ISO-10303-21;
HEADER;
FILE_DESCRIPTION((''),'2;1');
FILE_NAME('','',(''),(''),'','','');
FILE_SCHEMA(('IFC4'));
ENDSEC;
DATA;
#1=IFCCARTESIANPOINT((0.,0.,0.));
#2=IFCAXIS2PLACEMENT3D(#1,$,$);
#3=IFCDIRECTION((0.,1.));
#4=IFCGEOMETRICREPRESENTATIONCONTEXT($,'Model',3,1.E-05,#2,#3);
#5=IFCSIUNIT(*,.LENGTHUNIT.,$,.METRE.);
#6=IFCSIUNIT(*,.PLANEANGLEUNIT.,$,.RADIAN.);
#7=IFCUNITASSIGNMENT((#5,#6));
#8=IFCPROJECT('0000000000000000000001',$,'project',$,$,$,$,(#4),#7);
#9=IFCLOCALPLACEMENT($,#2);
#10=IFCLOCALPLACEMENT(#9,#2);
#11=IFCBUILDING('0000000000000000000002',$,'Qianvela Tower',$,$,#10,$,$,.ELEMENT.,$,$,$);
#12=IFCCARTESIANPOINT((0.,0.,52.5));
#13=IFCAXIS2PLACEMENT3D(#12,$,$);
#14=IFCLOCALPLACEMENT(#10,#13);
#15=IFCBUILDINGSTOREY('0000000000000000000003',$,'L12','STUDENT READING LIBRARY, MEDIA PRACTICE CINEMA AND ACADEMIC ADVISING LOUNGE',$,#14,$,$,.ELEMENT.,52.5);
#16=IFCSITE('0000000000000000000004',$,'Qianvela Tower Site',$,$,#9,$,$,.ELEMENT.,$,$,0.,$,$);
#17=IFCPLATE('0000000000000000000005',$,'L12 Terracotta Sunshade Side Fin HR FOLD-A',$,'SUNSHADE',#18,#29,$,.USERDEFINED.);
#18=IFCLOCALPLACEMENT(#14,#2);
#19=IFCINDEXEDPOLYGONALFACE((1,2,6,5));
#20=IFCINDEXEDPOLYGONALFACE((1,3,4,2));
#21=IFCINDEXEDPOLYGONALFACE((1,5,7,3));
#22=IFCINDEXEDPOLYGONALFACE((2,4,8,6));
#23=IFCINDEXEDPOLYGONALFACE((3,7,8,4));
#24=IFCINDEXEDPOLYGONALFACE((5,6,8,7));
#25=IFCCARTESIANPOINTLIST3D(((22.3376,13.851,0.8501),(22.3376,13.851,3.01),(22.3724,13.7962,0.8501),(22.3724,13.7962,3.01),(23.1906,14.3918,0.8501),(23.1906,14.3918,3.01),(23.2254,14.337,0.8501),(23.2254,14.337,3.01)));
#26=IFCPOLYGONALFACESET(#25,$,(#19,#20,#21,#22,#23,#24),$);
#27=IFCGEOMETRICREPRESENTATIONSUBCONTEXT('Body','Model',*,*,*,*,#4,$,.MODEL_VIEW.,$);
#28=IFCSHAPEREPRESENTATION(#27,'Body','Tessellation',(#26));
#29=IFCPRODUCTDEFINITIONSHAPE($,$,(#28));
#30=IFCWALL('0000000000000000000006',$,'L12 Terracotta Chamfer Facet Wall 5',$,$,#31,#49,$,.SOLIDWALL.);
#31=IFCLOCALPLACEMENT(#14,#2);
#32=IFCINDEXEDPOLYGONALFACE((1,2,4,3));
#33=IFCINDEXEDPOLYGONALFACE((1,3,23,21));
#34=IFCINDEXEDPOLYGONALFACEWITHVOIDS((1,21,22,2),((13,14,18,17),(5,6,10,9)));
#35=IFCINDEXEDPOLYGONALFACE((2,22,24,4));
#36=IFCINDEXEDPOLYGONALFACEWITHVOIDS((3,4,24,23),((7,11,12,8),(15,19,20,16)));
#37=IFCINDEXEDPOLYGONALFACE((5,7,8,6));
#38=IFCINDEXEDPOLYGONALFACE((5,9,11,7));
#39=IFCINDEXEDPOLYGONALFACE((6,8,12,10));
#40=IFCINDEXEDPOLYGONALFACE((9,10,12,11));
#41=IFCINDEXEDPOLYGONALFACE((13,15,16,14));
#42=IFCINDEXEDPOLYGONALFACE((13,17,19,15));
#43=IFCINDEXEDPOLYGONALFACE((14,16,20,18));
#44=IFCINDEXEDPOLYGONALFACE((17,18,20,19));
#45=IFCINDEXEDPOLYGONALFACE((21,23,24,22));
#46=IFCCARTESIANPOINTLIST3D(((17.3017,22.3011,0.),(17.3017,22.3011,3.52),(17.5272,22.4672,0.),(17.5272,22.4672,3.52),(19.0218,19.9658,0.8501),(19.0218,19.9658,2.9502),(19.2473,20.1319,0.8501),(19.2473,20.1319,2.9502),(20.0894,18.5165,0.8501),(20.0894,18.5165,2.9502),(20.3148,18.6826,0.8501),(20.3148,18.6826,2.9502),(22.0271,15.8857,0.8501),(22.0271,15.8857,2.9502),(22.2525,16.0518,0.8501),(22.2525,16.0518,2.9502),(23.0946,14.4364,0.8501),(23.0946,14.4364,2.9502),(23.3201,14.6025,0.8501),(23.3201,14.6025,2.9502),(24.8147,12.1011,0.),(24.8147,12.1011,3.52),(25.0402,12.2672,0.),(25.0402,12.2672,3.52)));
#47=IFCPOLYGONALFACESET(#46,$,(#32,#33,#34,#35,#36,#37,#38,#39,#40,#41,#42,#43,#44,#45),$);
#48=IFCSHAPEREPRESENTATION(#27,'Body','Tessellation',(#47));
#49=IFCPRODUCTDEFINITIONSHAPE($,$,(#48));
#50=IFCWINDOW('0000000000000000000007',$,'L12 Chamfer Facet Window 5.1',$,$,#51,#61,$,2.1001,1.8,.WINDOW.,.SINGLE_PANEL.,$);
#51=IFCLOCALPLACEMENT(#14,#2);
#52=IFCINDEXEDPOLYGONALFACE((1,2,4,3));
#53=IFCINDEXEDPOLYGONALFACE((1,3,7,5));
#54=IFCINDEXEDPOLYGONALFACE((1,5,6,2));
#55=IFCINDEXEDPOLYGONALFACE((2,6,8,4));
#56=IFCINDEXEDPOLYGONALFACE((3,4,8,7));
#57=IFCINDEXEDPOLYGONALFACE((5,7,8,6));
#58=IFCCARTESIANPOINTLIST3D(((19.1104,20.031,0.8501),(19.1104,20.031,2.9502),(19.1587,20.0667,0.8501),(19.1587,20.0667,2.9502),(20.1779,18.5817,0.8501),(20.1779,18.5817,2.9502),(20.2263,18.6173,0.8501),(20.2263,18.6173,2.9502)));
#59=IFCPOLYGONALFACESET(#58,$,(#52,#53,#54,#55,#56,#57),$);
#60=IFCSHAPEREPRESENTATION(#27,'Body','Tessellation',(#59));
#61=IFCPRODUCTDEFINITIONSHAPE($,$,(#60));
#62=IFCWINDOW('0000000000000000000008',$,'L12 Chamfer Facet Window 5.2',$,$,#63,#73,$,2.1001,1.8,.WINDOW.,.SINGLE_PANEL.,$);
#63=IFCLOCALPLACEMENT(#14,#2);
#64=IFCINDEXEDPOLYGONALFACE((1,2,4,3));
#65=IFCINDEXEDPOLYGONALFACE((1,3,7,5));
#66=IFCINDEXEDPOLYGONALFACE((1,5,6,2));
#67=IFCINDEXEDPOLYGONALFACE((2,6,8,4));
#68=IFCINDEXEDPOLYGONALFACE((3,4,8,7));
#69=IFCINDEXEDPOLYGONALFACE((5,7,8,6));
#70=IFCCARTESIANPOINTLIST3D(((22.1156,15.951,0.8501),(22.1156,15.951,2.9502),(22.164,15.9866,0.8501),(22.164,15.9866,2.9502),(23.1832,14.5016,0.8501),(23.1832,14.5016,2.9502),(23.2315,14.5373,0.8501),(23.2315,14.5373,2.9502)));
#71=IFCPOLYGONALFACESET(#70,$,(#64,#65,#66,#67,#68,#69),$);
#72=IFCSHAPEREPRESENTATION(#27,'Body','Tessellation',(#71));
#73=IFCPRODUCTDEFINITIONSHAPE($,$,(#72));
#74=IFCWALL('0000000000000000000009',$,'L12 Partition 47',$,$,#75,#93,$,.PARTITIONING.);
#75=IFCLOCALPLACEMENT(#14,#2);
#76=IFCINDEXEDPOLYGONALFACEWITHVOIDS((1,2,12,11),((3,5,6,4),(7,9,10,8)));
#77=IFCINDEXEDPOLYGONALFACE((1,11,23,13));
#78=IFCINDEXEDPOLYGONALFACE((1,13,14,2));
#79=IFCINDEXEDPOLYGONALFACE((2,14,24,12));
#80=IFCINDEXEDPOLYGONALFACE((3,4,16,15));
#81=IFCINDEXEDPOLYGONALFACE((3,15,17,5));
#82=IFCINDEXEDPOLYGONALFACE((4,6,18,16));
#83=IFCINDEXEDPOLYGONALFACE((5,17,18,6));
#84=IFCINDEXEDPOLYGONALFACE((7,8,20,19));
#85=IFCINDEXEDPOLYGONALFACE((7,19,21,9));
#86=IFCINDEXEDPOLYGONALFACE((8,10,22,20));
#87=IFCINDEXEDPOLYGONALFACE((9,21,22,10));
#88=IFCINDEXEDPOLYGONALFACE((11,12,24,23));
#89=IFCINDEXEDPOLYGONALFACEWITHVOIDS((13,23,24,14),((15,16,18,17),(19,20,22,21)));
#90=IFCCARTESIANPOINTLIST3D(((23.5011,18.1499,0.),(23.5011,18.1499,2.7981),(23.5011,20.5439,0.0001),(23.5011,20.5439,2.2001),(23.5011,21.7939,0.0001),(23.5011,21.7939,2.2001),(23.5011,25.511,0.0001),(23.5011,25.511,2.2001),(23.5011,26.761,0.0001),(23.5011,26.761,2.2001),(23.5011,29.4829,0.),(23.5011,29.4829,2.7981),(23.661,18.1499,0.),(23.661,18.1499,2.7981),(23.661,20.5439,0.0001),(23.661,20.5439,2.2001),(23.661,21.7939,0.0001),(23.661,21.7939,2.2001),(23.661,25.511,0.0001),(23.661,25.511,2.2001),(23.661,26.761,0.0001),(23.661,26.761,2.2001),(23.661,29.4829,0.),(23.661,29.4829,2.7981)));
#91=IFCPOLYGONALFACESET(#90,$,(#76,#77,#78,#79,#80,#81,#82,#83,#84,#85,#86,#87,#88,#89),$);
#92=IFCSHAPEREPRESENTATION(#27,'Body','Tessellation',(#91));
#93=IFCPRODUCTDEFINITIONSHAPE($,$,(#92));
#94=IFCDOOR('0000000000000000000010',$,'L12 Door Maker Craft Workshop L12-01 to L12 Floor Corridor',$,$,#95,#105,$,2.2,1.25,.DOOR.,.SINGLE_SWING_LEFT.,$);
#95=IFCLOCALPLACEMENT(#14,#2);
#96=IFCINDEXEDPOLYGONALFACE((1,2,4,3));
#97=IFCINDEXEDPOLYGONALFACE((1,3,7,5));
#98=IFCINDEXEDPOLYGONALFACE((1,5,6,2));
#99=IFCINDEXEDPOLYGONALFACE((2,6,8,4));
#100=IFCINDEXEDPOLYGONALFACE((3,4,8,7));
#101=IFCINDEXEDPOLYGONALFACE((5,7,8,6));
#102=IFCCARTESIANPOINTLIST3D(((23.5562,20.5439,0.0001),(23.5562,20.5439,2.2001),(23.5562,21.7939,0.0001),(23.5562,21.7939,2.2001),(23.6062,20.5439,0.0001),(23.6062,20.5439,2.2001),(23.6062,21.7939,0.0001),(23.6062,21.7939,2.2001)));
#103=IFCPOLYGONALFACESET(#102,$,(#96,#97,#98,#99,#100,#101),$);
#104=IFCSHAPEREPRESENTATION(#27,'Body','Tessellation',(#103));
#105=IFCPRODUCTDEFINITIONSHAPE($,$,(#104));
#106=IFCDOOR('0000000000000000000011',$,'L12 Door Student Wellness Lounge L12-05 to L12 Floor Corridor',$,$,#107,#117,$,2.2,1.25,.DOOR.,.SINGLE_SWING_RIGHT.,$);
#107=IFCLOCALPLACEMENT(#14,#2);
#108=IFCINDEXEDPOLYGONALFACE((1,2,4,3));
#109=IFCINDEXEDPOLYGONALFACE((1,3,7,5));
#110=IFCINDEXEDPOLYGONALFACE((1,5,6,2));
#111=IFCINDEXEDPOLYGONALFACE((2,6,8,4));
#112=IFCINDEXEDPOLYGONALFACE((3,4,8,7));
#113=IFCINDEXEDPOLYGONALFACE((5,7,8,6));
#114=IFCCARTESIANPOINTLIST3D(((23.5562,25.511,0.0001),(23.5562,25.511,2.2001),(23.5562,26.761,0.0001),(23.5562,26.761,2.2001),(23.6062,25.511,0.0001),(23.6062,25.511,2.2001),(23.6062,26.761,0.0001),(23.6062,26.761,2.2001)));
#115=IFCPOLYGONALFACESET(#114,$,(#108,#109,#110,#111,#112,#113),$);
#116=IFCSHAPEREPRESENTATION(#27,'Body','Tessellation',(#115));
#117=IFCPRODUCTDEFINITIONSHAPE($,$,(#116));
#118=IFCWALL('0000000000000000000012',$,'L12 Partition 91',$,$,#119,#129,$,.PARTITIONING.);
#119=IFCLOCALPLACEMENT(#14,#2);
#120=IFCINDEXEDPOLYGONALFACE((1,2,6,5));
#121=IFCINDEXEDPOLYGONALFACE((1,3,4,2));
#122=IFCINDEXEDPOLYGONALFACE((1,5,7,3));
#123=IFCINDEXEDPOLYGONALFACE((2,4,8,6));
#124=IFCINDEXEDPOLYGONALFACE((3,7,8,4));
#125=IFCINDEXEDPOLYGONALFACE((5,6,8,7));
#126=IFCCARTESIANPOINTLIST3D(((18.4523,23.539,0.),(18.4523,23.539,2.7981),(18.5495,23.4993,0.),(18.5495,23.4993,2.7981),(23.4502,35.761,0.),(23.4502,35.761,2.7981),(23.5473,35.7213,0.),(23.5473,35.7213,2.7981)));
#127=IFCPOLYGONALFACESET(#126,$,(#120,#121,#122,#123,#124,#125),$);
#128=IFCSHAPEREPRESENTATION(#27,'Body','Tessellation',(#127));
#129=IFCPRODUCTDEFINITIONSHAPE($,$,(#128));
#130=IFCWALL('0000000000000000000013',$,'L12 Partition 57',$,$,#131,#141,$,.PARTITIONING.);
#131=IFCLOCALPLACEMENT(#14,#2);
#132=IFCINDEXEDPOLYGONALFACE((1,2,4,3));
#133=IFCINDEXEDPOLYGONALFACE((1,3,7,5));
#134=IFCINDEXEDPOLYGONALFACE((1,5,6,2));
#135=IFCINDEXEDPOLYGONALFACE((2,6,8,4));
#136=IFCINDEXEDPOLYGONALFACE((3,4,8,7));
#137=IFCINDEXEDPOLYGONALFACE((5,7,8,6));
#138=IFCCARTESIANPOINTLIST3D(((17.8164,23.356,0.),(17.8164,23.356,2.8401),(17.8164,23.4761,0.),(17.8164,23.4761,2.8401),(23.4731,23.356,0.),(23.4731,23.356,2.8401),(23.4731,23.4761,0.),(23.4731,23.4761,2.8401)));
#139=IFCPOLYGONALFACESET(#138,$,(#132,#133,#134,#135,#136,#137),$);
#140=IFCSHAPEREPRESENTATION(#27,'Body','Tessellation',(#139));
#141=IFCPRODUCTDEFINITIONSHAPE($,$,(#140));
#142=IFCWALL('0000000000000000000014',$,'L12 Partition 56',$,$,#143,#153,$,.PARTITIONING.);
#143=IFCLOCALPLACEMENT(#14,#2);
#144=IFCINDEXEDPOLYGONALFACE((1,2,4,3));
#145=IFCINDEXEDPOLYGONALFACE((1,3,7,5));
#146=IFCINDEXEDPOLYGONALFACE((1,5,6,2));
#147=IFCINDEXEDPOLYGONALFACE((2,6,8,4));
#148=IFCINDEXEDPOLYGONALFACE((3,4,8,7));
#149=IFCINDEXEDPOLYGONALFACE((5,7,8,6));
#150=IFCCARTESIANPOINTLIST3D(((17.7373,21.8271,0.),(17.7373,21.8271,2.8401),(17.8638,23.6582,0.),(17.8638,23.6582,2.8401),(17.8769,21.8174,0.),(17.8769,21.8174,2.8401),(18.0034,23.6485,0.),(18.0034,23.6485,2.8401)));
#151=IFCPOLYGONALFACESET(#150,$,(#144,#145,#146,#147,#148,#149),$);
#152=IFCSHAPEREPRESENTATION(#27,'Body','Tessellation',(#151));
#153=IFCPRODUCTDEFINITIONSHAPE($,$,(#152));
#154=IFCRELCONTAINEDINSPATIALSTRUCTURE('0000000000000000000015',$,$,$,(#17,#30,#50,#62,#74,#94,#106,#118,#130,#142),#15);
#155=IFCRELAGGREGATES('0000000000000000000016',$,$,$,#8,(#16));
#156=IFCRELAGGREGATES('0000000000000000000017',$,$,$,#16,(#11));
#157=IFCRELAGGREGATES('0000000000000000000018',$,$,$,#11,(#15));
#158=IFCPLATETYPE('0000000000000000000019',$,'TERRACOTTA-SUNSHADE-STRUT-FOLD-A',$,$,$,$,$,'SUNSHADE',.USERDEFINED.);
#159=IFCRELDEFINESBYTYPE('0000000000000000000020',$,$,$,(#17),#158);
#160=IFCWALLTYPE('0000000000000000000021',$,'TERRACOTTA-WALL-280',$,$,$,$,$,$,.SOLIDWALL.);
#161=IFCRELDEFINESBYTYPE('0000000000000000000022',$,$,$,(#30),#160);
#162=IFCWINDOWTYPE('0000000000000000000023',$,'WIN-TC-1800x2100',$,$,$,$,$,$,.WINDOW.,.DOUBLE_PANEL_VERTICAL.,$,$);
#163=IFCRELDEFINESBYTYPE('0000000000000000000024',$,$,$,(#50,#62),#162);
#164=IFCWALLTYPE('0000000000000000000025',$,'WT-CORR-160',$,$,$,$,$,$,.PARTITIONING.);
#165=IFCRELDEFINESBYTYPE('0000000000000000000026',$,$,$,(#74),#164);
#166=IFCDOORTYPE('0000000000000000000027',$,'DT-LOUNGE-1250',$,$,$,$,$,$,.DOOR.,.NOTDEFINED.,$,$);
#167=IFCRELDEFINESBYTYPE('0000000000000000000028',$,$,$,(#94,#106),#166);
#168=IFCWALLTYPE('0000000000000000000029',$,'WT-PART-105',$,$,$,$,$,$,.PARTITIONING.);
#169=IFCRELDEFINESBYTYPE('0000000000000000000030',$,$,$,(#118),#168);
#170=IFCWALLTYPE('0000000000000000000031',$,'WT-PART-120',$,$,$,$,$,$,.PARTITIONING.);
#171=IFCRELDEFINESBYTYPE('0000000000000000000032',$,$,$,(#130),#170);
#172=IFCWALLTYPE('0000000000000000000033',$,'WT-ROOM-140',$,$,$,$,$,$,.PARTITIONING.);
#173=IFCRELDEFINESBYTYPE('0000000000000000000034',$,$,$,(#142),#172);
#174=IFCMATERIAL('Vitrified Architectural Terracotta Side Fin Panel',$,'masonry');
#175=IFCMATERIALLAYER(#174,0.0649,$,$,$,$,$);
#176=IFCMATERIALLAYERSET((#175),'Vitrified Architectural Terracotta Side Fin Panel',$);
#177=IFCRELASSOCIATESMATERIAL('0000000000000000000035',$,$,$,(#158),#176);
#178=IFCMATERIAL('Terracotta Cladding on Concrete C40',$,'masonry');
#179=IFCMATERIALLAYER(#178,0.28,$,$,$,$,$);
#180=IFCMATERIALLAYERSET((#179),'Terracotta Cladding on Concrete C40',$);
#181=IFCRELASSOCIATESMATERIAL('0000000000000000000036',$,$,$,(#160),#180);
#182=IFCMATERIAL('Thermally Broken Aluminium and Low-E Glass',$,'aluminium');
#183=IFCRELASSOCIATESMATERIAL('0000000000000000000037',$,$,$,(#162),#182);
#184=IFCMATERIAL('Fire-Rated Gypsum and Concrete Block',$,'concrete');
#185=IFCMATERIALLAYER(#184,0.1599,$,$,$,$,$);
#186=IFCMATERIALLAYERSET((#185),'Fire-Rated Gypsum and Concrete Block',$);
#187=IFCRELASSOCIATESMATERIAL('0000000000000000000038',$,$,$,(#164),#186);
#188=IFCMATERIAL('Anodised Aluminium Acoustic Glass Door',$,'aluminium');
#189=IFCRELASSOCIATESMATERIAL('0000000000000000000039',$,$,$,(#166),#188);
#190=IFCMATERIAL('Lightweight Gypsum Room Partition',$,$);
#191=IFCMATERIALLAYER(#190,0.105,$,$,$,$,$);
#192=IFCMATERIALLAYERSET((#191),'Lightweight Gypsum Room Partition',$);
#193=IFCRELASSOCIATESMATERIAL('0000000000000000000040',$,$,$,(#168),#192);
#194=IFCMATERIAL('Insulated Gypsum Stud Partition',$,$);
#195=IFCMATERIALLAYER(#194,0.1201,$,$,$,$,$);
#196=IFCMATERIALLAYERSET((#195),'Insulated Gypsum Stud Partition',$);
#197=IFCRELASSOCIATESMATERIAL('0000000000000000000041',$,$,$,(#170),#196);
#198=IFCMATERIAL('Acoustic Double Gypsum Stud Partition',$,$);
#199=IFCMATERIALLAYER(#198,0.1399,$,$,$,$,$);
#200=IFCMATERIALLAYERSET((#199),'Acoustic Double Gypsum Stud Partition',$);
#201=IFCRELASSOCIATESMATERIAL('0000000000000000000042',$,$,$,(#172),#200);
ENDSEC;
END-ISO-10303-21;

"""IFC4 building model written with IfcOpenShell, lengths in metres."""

from ifc_helpers import new_model, si_unit, direction, frame, frame_2d, origin, origin_2d, place, context, subcontext, project, spatial, rectangle, extrude, material, layer, layer_set, type_object, element, fill, save


model = new_model("IFC4")

# Units and contexts
model_context = context("Model", 3, precision=1e-05, world=origin(), true_north=direction((0.0, 1.0)))
body_context = subcontext(model_context, "Body", "Model", "MODEL_VIEW")
ifc_project = project(units=[si_unit("LENGTHUNIT", "METRE"), si_unit("PLANEANGLEUNIT", "RADIAN")], contexts=[model_context])

# Site, building, storey
site_placement = place(None, origin())
site = spatial("IfcSite", under=ifc_project, at=site_placement, Name="Qianvela Tower Site", CompositionType="ELEMENT", RefElevation=0.0)
building_placement = place(site_placement, origin())
building = spatial("IfcBuilding", under=site, at=building_placement, Name="Qianvela Tower", CompositionType="ELEMENT")
storey_placement = place(building_placement, frame((0.0, 0.0, 52.5)))
storey = spatial("IfcBuildingStorey", under=building, at=storey_placement, Name="L12", Description="STUDENT READING LIBRARY, MEDIA PRACTICE CINEMA AND ACADEMIC ADVISING LOUNGE", CompositionType="ELEMENT", Elevation=52.5)

# Plate
ifc_material_1 = material(Name="Vitrified Architectural Terracotta Side Fin Panel", Category="masonry")
ifc_layer_1 = layer(ifc_material_1, 0.0649)
ifc_layer_set_1 = layer_set([ifc_layer_1], Name="Vitrified Architectural Terracotta Side Fin Panel")
plate_type_1 = type_object("IfcPlateType", Name="TERRACOTTA-SUNSHADE-STRUT-FOLD-A", ElementType="SUNSHADE", PredefinedType="USERDEFINED", material=ifc_layer_set_1)
for number, where, z_axis, x_axis, name in (
    (1, (22.7815, 14.094, 0.8501), (0.0, 0.0, 1.0), (0.535441, -0.844573, 0.0), "L12 Terracotta Sunshade Side Fin HR FOLD-A"),
):
    element("IfcPlate", number, at=place(storey_placement, frame(where, z_axis=z_axis, x_axis=x_axis)), inside=storey, type_object=plate_type_1, Name=name, ObjectType="SUNSHADE", PredefinedType="USERDEFINED", context=body_context, shape_type="SweptSolid", body=[
        extrude(rectangle(XDim=0.0649, YDim=1.01, at=origin_2d()), origin(), (0.0, 0.0, 1.0), 2.1599),
    ])

# Wall, openings, windows
ifc_material_2 = material(Name="Terracotta Cladding on Concrete C40", Category="masonry")
ifc_layer_2 = layer(ifc_material_2, 0.28)
ifc_layer_set_2 = layer_set([ifc_layer_2], Name="Terracotta Cladding on Concrete C40")
wall_type_1 = type_object("IfcWallType", Name="TERRACOTTA-WALL-280", PredefinedType="SOLIDWALL", material=ifc_layer_set_2)
wall_1_placement = place(storey_placement, frame((17.4146, 22.384, 0.0), z_axis=(0.0, 0.0, 1.0), x_axis=(0.593055, -0.805162, 0.0)))
wall_1 = element("IfcWall", 2, at=wall_1_placement, inside=storey, type_object=wall_type_1, Name="L12 Terracotta Chamfer Facet Wall 5", PredefinedType="SOLIDWALL", context=body_context, shape_type="SweptSolid", body=[
    extrude(rectangle(XDim=12.6682, YDim=0.28, at=frame_2d((6.334, 0.0))), origin(), (0.0, 0.0, 1.0), 3.52),
])
opening_1_placement = place(wall_1_placement, frame((2.9004, 0.0, 0.8501)))
opening_1 = element("IfcOpeningElement", 3, at=opening_1_placement, cuts=wall_1, PredefinedType="OPENING", context=body_context, shape_type="SweptSolid", body=[
    extrude(rectangle(XDim=1.8, YDim=2.1001, at=frame_2d((0.8999, 1.05))), frame((0.0, 0.1499, 0.0), z_axis=(0.0, -1.0, 0.0), x_axis=(1.0, 0.0, 0.0)), (0.0, 0.0, 1.0), 0.3),
])
opening_2_placement = place(wall_1_placement, frame((7.9678, 0.0, 0.8501)))
opening_2 = element("IfcOpeningElement", 4, at=opening_2_placement, cuts=wall_1, PredefinedType="OPENING", context=body_context, shape_type="SweptSolid", body=[
    extrude(rectangle(XDim=1.8, YDim=2.1001, at=frame_2d((0.8999, 1.05))), frame((0.0, 0.1499, 0.0), z_axis=(0.0, -1.0, 0.0), x_axis=(1.0, 0.0, 0.0)), (0.0, 0.0, 1.0), 0.3),
])
ifc_material_3 = material(Name="Thermally Broken Aluminium and Low-E Glass", Category="aluminium")
window_type = type_object("IfcWindowType", Name="WIN-TC-1800x2100", PartitioningType="DOUBLE_PANEL_VERTICAL", PredefinedType="WINDOW", material=ifc_material_3)
window_1_placement = place(opening_1_placement, origin())
window_1 = element("IfcWindow", 5, at=window_1_placement, inside=storey, type_object=window_type, Name="L12 Chamfer Facet Window 5.1", OverallHeight=2.1001, OverallWidth=1.8, PartitioningType="SINGLE_PANEL", PredefinedType="WINDOW", context=body_context, shape_type="SweptSolid", body=[
    extrude(rectangle(XDim=1.8, YDim=2.1001, at=frame_2d((0.8999, 1.05))), frame((0.0, 0.03, 0.0), z_axis=(0.0, -1.0, 0.0), x_axis=(1.0, 0.0, 0.0)), (0.0, 0.0, 1.0), 0.0601),
])
fill(opening_1, window_1)
window_2_placement = place(opening_2_placement, origin())
window_2 = element("IfcWindow", 6, at=window_2_placement, inside=storey, type_object=window_type, Name="L12 Chamfer Facet Window 5.2", OverallHeight=2.1001, OverallWidth=1.8, PartitioningType="SINGLE_PANEL", PredefinedType="WINDOW", context=body_context, shape_type="SweptSolid", body=[
    extrude(rectangle(XDim=1.8, YDim=2.1001, at=frame_2d((0.8999, 1.05))), frame((0.0, 0.03, 0.0), z_axis=(0.0, -1.0, 0.0), x_axis=(1.0, 0.0, 0.0)), (0.0, 0.0, 1.0), 0.0601),
])
fill(opening_2, window_2)

# Wall, openings, doors
ifc_material_4 = material(Name="Fire-Rated Gypsum and Concrete Block", Category="concrete")
ifc_layer_3 = layer(ifc_material_4, 0.1599)
ifc_layer_set_3 = layer_set([ifc_layer_3], Name="Fire-Rated Gypsum and Concrete Block")
wall_type_2 = type_object("IfcWallType", Name="WT-CORR-160", PredefinedType="PARTITIONING", material=ifc_layer_set_3)
wall_2_placement = place(storey_placement, frame((23.5811, 18.1499, 0.0), z_axis=(0.0, 0.0, 1.0), x_axis=(0.0, 1.0, 0.0)))
wall_2 = element("IfcWall", 7, at=wall_2_placement, inside=storey, type_object=wall_type_2, Name="L12 Partition 47", PredefinedType="PARTITIONING", context=body_context, shape_type="SweptSolid", body=[
    extrude(rectangle(XDim=11.333, YDim=0.1599, at=frame_2d((5.6665, 0.0))), origin(), (0.0, 0.0, 1.0), 2.7981),
])
opening_3_placement = place(wall_2_placement, frame((2.394, 0.0, 0.0)))
opening_3 = element("IfcOpeningElement", 8, at=opening_3_placement, cuts=wall_2, PredefinedType="OPENING", context=body_context, shape_type="SweptSolid", body=[
    extrude(rectangle(XDim=1.25, YDim=2.2, at=frame_2d((0.625, 1.1001))), frame((0.0, 0.0898, 0.0), z_axis=(0.0, -1.0, 0.0), x_axis=(1.0, 0.0, 0.0)), (0.0, 0.0, 1.0), 0.1799),
])
opening_4_placement = place(wall_2_placement, frame((7.3611, 0.0, 0.0)))
opening_4 = element("IfcOpeningElement", 9, at=opening_4_placement, cuts=wall_2, PredefinedType="OPENING", context=body_context, shape_type="SweptSolid", body=[
    extrude(rectangle(XDim=1.25, YDim=2.2, at=frame_2d((0.625, 1.1001))), frame((0.0, 0.0898, 0.0), z_axis=(0.0, -1.0, 0.0), x_axis=(1.0, 0.0, 0.0)), (0.0, 0.0, 1.0), 0.1799),
])
ifc_material_5 = material(Name="Anodised Aluminium Acoustic Glass Door", Category="aluminium")
door_type = type_object("IfcDoorType", Name="DT-LOUNGE-1250", OperationType="NOTDEFINED", PredefinedType="DOOR", material=ifc_material_5)
door_1_placement = place(opening_3_placement, origin())
door_1 = element("IfcDoor", 10, at=door_1_placement, inside=storey, type_object=door_type, Name="L12 Door Maker Craft Workshop L12-01 to L12 Floor Corridor", OperationType="SINGLE_SWING_LEFT", OverallHeight=2.2, OverallWidth=1.25, PredefinedType="DOOR", context=body_context, shape_type="SweptSolid", body=[
    extrude(rectangle(XDim=1.25, YDim=2.2, at=frame_2d((0.625, 1.1001))), frame((0.0, 0.0249, 0.0), z_axis=(0.0, -1.0, 0.0), x_axis=(1.0, 0.0, 0.0)), (0.0, 0.0, 1.0), 0.05),
])
fill(opening_3, door_1)
door_2_placement = place(opening_4_placement, origin())
door_2 = element("IfcDoor", 11, at=door_2_placement, inside=storey, type_object=door_type, Name="L12 Door Student Wellness Lounge L12-05 to L12 Floor Corridor", OperationType="SINGLE_SWING_RIGHT", OverallHeight=2.2, OverallWidth=1.25, PredefinedType="DOOR", context=body_context, shape_type="SweptSolid", body=[
    extrude(rectangle(XDim=1.25, YDim=2.2, at=frame_2d((0.625, 1.1001))), frame((0.0, 0.0249, 0.0), z_axis=(0.0, -1.0, 0.0), x_axis=(1.0, 0.0, 0.0)), (0.0, 0.0, 1.0), 0.05),
])
fill(opening_4, door_2)

# Walls
ifc_material_6 = material(Name="Lightweight Gypsum Room Partition")
ifc_layer_4 = layer(ifc_material_6, 0.105)
ifc_layer_set_4 = layer_set([ifc_layer_4], Name="Lightweight Gypsum Room Partition")
wall_type_3 = type_object("IfcWallType", Name="WT-PART-105", PredefinedType="PARTITIONING", material=ifc_layer_set_4)
wall_3_placement = place(storey_placement, frame((18.501, 23.5193, 0.0), z_axis=(0.0, 0.0, 1.0), x_axis=(0.378498, 0.925602, 0.0)))
element("IfcWall", 12, at=wall_3_placement, inside=storey, type_object=wall_type_3, Name="L12 Partition 91", PredefinedType="PARTITIONING", context=body_context, shape_type="SweptSolid", body=[
    extrude(rectangle(XDim=13.2043, YDim=0.105, at=frame_2d((6.6021, 0.0))), origin(), (0.0, 0.0, 1.0), 2.7981),
])
ifc_material_7 = material(Name="Insulated Gypsum Stud Partition")
ifc_layer_5 = layer(ifc_material_7, 0.1201)
ifc_layer_set_5 = layer_set([ifc_layer_5], Name="Insulated Gypsum Stud Partition")
wall_type_4 = type_object("IfcWallType", Name="WT-PART-120", PredefinedType="PARTITIONING", material=ifc_layer_set_5)
wall_4_placement = place(storey_placement, frame((17.8164, 23.416, 0.0), z_axis=(0.0, 0.0, 1.0), x_axis=(1.0, 0.0, 0.0)))
element("IfcWall", 13, at=wall_4_placement, inside=storey, type_object=wall_type_4, Name="L12 Partition 57", PredefinedType="PARTITIONING", context=body_context, shape_type="SweptSolid", body=[
    extrude(rectangle(XDim=5.6567, YDim=0.1201, at=frame_2d((2.8284, 0.0))), origin(), (0.0, 0.0, 1.0), 2.8401),
])
ifc_material_8 = material(Name="Acoustic Double Gypsum Stud Partition")
ifc_layer_6 = layer(ifc_material_8, 0.1399)
ifc_layer_set_6 = layer_set([ifc_layer_6], Name="Acoustic Double Gypsum Stud Partition")
wall_type_5 = type_object("IfcWallType", Name="WT-ROOM-140", PredefinedType="PARTITIONING", material=ifc_layer_set_6)
wall_5_placement = place(storey_placement, frame((17.8071, 21.8223, 0.0), z_axis=(0.0, 0.0, 1.0), x_axis=(0.068903, 0.997623, 0.0)))
element("IfcWall", 14, at=wall_5_placement, inside=storey, type_object=wall_type_5, Name="L12 Partition 56", PredefinedType="PARTITIONING", context=body_context, shape_type="SweptSolid", body=[
    extrude(rectangle(XDim=1.8354, YDim=0.1399, at=frame_2d((0.9177, 0.0))), origin(), (0.0, 0.0, 1.0), 2.8401),
])

save(model, "model.ifc")
